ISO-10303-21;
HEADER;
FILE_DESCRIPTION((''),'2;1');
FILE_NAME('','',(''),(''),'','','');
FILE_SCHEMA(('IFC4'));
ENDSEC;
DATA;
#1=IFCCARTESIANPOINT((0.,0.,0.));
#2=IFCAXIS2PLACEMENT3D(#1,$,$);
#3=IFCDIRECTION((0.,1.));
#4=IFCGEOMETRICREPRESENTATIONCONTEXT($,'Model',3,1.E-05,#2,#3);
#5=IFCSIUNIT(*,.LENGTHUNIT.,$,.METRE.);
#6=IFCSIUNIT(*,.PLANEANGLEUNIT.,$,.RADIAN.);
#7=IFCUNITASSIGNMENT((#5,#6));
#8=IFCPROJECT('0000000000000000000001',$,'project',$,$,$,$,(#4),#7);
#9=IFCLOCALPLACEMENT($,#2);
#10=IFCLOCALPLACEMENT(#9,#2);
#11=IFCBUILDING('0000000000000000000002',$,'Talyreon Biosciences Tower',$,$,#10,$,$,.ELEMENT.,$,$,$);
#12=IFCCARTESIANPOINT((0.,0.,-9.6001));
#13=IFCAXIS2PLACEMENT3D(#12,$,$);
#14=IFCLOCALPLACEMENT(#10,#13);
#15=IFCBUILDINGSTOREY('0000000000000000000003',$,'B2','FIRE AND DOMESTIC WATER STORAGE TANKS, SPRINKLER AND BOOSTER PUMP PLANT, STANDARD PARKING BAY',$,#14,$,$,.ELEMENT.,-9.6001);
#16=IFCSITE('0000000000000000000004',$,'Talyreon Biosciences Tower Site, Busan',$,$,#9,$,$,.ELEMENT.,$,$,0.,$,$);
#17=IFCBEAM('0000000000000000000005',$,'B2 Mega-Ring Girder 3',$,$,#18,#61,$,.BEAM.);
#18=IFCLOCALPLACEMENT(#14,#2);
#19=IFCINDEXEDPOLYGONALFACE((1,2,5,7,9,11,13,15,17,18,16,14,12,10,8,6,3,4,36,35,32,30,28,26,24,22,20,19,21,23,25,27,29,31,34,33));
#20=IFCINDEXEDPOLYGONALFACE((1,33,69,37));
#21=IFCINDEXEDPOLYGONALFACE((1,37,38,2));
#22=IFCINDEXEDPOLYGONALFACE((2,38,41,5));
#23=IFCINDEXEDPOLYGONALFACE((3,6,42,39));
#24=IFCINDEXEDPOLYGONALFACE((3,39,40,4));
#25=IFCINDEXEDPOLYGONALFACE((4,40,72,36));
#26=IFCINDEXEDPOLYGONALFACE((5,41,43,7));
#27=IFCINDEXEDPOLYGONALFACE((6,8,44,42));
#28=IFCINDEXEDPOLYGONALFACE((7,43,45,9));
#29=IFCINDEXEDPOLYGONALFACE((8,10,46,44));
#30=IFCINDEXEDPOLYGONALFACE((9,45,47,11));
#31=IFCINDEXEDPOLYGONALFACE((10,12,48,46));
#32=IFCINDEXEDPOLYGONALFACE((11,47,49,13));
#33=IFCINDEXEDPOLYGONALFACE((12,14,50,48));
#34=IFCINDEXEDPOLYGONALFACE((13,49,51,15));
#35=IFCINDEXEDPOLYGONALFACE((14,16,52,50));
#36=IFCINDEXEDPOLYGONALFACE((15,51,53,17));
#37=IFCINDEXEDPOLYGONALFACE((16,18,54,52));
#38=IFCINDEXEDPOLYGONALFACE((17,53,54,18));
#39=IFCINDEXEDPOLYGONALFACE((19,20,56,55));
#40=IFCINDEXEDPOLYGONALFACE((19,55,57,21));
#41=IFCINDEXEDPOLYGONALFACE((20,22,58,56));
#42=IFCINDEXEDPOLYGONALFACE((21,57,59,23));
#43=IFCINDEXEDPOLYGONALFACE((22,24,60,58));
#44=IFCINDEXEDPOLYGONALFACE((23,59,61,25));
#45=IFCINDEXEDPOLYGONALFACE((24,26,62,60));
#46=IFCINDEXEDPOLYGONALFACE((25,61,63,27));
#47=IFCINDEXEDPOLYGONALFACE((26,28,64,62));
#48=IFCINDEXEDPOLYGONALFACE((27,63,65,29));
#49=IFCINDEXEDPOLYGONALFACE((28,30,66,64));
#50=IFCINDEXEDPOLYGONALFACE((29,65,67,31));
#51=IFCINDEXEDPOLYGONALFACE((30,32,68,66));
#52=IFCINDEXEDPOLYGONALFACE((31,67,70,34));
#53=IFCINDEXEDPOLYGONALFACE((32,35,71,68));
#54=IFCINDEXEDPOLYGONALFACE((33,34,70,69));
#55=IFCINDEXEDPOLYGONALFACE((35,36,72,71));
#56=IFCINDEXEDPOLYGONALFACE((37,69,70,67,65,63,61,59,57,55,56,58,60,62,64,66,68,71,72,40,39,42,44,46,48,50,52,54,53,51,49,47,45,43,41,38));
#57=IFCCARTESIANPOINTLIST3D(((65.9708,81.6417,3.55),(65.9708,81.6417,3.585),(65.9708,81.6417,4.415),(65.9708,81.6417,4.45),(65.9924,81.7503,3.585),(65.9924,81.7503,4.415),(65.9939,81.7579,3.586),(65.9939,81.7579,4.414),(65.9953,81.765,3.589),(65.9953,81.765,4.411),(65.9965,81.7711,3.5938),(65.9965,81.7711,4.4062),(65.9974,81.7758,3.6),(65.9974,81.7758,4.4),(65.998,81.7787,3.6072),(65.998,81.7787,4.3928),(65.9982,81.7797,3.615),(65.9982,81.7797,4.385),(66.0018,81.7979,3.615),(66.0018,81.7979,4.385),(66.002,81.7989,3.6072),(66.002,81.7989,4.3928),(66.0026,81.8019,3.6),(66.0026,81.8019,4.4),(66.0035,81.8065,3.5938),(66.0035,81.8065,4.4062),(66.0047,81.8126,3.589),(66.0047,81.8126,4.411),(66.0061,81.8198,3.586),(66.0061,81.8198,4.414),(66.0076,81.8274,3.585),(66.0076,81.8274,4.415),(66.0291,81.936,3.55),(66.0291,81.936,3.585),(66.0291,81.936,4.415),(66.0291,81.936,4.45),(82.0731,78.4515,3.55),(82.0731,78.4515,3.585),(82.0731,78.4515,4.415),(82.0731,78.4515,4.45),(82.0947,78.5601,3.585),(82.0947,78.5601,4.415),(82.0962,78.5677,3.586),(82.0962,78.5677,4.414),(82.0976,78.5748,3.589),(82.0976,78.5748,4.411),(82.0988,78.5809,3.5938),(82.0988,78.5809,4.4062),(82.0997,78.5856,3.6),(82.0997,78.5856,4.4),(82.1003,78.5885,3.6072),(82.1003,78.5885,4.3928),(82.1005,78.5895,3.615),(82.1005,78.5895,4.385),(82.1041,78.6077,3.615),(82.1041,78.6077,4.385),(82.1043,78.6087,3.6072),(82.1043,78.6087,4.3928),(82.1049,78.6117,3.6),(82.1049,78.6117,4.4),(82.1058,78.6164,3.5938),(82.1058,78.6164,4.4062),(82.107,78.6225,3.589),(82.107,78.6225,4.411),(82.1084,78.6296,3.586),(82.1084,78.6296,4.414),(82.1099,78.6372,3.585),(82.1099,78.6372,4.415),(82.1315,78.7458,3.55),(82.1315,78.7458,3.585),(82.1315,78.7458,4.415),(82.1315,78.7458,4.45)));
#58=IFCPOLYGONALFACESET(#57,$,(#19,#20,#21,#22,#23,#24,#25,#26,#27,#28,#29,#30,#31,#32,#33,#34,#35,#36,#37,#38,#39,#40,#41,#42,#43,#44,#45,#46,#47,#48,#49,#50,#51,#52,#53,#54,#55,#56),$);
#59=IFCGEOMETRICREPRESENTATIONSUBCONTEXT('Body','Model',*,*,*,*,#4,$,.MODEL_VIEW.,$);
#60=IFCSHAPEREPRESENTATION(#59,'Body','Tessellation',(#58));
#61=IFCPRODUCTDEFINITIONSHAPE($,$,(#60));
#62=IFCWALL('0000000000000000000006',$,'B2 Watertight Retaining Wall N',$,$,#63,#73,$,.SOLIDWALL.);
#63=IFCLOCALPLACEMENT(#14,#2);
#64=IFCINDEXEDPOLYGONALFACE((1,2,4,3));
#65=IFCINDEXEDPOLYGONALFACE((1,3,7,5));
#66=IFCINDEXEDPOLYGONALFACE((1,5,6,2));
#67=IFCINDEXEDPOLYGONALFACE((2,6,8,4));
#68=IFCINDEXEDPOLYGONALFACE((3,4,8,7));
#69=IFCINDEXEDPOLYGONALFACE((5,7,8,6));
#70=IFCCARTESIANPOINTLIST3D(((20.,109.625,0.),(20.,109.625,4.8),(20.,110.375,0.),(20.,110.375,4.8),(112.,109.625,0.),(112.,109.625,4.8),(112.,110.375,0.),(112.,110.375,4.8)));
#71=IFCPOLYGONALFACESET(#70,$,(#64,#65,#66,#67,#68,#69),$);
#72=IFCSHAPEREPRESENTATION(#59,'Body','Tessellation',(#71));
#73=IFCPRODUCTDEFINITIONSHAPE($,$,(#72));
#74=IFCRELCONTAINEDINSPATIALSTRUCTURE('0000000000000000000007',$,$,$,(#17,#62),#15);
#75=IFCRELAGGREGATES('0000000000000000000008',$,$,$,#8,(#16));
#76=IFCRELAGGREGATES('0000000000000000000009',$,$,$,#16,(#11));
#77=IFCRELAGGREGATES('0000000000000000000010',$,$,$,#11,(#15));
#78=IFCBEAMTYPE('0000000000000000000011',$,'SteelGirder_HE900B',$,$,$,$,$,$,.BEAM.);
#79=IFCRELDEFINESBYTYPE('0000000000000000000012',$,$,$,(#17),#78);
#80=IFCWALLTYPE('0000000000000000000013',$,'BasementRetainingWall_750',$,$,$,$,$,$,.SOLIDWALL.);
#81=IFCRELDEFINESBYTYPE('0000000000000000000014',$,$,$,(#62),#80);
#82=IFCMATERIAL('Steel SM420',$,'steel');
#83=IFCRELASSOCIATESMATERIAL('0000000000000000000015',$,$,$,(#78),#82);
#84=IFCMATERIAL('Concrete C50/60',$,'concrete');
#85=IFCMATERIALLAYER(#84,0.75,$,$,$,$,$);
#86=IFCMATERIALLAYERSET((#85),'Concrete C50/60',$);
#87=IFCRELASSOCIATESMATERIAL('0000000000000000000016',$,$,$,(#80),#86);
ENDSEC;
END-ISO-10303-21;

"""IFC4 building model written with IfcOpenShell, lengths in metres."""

from ifc_helpers import new_model, si_unit, direction, frame, frame_2d, origin, origin_2d, place, context, subcontext, project, spatial, rectangle, i_section, extrude, material, layer, layer_set, material_profile, profile_set, type_object, element, save


model = new_model("IFC4")

# Units and contexts
model_context = context("Model", 3, precision=1e-05, world=origin(), true_north=direction((0.0, 1.0)))
body_context = subcontext(model_context, "Body", "Model", "MODEL_VIEW")
ifc_project = project(units=[si_unit("LENGTHUNIT", "METRE"), si_unit("PLANEANGLEUNIT", "RADIAN")], contexts=[model_context])

# Site, building, storey
site_placement = place(None, origin())
site = spatial("IfcSite", under=ifc_project, at=site_placement, Name="Talyreon Biosciences Tower Site, Busan", CompositionType="ELEMENT", RefElevation=0.0)
building_placement = place(site_placement, origin())
building = spatial("IfcBuilding", under=site, at=building_placement, Name="Talyreon Biosciences Tower", CompositionType="ELEMENT")
storey_placement = place(building_placement, frame((0.0, 0.0, -9.6001)))
storey = spatial("IfcBuildingStorey", under=building, at=storey_placement, Name="B2", Description="FIRE AND DOMESTIC WATER STORAGE TANKS, SPRINKLER AND BOOSTER PUMP PLANT, STANDARD PARKING BAY", CompositionType="ELEMENT", Elevation=-9.6001)

# Shared definitions
ifc_material_1 = material(Name="Concrete C50/60", Category="concrete")

# Beam
ifc_material_2 = material(Name="Steel SM420", Category="steel")
ifc_material_profile_1 = material_profile(ifc_material_2, i_section(OverallWidth=0.3, OverallDepth=0.8999, WebThickness=0.0186, FlangeThickness=0.0349, FilletRadius=0.03, at=origin_2d()), Name="HE900B")
ifc_profile_set_1 = profile_set([ifc_material_profile_1], Name="Steel SM420")
beam_type_1 = type_object("IfcBeamType", Name="SteelGirder_HE900B", PredefinedType="BEAM", material=ifc_profile_set_1)
beam_1_placement = place(storey_placement, frame((82.1023, 78.5986, 4.0), z_axis=(-0.980934, 0.194343, 0.0), x_axis=(-0.194343, -0.980934, 0.0)))
element("IfcBeam", 1, at=beam_1_placement, inside=storey, type_object=beam_type_1, Name="B2 Mega-Ring Girder 3", PredefinedType="BEAM", context=body_context, shape_type="SweptSolid", body=[
    extrude(i_section(OverallWidth=0.3, OverallDepth=0.8999, WebThickness=0.0186, FlangeThickness=0.0349, FilletRadius=0.03, at=origin_2d()), origin(), (0.0, 0.0, 1.0), 16.4153),
])

# Wall
ifc_layer = layer(ifc_material_1, 0.75)
ifc_layer_set = layer_set([ifc_layer], Name="Concrete C50/60")
wall_type = type_object("IfcWallType", Name="BasementRetainingWall_750", PredefinedType="SOLIDWALL", material=ifc_layer_set)
wall_placement = place(storey_placement, frame((112.0, 110.0, 0.0), z_axis=(0.0, 0.0, 1.0), x_axis=(-1.0, 0.0, 0.0)))
element("IfcWall", 2, at=wall_placement, inside=storey, type_object=wall_type, Name="B2 Watertight Retaining Wall N", PredefinedType="SOLIDWALL", context=body_context, shape_type="SweptSolid", body=[
    extrude(rectangle(XDim=92.0, YDim=0.75, at=frame_2d((46.0, 0.0))), origin(), (0.0, 0.0, 1.0), 4.8),
])

save(model, "model.ifc")
